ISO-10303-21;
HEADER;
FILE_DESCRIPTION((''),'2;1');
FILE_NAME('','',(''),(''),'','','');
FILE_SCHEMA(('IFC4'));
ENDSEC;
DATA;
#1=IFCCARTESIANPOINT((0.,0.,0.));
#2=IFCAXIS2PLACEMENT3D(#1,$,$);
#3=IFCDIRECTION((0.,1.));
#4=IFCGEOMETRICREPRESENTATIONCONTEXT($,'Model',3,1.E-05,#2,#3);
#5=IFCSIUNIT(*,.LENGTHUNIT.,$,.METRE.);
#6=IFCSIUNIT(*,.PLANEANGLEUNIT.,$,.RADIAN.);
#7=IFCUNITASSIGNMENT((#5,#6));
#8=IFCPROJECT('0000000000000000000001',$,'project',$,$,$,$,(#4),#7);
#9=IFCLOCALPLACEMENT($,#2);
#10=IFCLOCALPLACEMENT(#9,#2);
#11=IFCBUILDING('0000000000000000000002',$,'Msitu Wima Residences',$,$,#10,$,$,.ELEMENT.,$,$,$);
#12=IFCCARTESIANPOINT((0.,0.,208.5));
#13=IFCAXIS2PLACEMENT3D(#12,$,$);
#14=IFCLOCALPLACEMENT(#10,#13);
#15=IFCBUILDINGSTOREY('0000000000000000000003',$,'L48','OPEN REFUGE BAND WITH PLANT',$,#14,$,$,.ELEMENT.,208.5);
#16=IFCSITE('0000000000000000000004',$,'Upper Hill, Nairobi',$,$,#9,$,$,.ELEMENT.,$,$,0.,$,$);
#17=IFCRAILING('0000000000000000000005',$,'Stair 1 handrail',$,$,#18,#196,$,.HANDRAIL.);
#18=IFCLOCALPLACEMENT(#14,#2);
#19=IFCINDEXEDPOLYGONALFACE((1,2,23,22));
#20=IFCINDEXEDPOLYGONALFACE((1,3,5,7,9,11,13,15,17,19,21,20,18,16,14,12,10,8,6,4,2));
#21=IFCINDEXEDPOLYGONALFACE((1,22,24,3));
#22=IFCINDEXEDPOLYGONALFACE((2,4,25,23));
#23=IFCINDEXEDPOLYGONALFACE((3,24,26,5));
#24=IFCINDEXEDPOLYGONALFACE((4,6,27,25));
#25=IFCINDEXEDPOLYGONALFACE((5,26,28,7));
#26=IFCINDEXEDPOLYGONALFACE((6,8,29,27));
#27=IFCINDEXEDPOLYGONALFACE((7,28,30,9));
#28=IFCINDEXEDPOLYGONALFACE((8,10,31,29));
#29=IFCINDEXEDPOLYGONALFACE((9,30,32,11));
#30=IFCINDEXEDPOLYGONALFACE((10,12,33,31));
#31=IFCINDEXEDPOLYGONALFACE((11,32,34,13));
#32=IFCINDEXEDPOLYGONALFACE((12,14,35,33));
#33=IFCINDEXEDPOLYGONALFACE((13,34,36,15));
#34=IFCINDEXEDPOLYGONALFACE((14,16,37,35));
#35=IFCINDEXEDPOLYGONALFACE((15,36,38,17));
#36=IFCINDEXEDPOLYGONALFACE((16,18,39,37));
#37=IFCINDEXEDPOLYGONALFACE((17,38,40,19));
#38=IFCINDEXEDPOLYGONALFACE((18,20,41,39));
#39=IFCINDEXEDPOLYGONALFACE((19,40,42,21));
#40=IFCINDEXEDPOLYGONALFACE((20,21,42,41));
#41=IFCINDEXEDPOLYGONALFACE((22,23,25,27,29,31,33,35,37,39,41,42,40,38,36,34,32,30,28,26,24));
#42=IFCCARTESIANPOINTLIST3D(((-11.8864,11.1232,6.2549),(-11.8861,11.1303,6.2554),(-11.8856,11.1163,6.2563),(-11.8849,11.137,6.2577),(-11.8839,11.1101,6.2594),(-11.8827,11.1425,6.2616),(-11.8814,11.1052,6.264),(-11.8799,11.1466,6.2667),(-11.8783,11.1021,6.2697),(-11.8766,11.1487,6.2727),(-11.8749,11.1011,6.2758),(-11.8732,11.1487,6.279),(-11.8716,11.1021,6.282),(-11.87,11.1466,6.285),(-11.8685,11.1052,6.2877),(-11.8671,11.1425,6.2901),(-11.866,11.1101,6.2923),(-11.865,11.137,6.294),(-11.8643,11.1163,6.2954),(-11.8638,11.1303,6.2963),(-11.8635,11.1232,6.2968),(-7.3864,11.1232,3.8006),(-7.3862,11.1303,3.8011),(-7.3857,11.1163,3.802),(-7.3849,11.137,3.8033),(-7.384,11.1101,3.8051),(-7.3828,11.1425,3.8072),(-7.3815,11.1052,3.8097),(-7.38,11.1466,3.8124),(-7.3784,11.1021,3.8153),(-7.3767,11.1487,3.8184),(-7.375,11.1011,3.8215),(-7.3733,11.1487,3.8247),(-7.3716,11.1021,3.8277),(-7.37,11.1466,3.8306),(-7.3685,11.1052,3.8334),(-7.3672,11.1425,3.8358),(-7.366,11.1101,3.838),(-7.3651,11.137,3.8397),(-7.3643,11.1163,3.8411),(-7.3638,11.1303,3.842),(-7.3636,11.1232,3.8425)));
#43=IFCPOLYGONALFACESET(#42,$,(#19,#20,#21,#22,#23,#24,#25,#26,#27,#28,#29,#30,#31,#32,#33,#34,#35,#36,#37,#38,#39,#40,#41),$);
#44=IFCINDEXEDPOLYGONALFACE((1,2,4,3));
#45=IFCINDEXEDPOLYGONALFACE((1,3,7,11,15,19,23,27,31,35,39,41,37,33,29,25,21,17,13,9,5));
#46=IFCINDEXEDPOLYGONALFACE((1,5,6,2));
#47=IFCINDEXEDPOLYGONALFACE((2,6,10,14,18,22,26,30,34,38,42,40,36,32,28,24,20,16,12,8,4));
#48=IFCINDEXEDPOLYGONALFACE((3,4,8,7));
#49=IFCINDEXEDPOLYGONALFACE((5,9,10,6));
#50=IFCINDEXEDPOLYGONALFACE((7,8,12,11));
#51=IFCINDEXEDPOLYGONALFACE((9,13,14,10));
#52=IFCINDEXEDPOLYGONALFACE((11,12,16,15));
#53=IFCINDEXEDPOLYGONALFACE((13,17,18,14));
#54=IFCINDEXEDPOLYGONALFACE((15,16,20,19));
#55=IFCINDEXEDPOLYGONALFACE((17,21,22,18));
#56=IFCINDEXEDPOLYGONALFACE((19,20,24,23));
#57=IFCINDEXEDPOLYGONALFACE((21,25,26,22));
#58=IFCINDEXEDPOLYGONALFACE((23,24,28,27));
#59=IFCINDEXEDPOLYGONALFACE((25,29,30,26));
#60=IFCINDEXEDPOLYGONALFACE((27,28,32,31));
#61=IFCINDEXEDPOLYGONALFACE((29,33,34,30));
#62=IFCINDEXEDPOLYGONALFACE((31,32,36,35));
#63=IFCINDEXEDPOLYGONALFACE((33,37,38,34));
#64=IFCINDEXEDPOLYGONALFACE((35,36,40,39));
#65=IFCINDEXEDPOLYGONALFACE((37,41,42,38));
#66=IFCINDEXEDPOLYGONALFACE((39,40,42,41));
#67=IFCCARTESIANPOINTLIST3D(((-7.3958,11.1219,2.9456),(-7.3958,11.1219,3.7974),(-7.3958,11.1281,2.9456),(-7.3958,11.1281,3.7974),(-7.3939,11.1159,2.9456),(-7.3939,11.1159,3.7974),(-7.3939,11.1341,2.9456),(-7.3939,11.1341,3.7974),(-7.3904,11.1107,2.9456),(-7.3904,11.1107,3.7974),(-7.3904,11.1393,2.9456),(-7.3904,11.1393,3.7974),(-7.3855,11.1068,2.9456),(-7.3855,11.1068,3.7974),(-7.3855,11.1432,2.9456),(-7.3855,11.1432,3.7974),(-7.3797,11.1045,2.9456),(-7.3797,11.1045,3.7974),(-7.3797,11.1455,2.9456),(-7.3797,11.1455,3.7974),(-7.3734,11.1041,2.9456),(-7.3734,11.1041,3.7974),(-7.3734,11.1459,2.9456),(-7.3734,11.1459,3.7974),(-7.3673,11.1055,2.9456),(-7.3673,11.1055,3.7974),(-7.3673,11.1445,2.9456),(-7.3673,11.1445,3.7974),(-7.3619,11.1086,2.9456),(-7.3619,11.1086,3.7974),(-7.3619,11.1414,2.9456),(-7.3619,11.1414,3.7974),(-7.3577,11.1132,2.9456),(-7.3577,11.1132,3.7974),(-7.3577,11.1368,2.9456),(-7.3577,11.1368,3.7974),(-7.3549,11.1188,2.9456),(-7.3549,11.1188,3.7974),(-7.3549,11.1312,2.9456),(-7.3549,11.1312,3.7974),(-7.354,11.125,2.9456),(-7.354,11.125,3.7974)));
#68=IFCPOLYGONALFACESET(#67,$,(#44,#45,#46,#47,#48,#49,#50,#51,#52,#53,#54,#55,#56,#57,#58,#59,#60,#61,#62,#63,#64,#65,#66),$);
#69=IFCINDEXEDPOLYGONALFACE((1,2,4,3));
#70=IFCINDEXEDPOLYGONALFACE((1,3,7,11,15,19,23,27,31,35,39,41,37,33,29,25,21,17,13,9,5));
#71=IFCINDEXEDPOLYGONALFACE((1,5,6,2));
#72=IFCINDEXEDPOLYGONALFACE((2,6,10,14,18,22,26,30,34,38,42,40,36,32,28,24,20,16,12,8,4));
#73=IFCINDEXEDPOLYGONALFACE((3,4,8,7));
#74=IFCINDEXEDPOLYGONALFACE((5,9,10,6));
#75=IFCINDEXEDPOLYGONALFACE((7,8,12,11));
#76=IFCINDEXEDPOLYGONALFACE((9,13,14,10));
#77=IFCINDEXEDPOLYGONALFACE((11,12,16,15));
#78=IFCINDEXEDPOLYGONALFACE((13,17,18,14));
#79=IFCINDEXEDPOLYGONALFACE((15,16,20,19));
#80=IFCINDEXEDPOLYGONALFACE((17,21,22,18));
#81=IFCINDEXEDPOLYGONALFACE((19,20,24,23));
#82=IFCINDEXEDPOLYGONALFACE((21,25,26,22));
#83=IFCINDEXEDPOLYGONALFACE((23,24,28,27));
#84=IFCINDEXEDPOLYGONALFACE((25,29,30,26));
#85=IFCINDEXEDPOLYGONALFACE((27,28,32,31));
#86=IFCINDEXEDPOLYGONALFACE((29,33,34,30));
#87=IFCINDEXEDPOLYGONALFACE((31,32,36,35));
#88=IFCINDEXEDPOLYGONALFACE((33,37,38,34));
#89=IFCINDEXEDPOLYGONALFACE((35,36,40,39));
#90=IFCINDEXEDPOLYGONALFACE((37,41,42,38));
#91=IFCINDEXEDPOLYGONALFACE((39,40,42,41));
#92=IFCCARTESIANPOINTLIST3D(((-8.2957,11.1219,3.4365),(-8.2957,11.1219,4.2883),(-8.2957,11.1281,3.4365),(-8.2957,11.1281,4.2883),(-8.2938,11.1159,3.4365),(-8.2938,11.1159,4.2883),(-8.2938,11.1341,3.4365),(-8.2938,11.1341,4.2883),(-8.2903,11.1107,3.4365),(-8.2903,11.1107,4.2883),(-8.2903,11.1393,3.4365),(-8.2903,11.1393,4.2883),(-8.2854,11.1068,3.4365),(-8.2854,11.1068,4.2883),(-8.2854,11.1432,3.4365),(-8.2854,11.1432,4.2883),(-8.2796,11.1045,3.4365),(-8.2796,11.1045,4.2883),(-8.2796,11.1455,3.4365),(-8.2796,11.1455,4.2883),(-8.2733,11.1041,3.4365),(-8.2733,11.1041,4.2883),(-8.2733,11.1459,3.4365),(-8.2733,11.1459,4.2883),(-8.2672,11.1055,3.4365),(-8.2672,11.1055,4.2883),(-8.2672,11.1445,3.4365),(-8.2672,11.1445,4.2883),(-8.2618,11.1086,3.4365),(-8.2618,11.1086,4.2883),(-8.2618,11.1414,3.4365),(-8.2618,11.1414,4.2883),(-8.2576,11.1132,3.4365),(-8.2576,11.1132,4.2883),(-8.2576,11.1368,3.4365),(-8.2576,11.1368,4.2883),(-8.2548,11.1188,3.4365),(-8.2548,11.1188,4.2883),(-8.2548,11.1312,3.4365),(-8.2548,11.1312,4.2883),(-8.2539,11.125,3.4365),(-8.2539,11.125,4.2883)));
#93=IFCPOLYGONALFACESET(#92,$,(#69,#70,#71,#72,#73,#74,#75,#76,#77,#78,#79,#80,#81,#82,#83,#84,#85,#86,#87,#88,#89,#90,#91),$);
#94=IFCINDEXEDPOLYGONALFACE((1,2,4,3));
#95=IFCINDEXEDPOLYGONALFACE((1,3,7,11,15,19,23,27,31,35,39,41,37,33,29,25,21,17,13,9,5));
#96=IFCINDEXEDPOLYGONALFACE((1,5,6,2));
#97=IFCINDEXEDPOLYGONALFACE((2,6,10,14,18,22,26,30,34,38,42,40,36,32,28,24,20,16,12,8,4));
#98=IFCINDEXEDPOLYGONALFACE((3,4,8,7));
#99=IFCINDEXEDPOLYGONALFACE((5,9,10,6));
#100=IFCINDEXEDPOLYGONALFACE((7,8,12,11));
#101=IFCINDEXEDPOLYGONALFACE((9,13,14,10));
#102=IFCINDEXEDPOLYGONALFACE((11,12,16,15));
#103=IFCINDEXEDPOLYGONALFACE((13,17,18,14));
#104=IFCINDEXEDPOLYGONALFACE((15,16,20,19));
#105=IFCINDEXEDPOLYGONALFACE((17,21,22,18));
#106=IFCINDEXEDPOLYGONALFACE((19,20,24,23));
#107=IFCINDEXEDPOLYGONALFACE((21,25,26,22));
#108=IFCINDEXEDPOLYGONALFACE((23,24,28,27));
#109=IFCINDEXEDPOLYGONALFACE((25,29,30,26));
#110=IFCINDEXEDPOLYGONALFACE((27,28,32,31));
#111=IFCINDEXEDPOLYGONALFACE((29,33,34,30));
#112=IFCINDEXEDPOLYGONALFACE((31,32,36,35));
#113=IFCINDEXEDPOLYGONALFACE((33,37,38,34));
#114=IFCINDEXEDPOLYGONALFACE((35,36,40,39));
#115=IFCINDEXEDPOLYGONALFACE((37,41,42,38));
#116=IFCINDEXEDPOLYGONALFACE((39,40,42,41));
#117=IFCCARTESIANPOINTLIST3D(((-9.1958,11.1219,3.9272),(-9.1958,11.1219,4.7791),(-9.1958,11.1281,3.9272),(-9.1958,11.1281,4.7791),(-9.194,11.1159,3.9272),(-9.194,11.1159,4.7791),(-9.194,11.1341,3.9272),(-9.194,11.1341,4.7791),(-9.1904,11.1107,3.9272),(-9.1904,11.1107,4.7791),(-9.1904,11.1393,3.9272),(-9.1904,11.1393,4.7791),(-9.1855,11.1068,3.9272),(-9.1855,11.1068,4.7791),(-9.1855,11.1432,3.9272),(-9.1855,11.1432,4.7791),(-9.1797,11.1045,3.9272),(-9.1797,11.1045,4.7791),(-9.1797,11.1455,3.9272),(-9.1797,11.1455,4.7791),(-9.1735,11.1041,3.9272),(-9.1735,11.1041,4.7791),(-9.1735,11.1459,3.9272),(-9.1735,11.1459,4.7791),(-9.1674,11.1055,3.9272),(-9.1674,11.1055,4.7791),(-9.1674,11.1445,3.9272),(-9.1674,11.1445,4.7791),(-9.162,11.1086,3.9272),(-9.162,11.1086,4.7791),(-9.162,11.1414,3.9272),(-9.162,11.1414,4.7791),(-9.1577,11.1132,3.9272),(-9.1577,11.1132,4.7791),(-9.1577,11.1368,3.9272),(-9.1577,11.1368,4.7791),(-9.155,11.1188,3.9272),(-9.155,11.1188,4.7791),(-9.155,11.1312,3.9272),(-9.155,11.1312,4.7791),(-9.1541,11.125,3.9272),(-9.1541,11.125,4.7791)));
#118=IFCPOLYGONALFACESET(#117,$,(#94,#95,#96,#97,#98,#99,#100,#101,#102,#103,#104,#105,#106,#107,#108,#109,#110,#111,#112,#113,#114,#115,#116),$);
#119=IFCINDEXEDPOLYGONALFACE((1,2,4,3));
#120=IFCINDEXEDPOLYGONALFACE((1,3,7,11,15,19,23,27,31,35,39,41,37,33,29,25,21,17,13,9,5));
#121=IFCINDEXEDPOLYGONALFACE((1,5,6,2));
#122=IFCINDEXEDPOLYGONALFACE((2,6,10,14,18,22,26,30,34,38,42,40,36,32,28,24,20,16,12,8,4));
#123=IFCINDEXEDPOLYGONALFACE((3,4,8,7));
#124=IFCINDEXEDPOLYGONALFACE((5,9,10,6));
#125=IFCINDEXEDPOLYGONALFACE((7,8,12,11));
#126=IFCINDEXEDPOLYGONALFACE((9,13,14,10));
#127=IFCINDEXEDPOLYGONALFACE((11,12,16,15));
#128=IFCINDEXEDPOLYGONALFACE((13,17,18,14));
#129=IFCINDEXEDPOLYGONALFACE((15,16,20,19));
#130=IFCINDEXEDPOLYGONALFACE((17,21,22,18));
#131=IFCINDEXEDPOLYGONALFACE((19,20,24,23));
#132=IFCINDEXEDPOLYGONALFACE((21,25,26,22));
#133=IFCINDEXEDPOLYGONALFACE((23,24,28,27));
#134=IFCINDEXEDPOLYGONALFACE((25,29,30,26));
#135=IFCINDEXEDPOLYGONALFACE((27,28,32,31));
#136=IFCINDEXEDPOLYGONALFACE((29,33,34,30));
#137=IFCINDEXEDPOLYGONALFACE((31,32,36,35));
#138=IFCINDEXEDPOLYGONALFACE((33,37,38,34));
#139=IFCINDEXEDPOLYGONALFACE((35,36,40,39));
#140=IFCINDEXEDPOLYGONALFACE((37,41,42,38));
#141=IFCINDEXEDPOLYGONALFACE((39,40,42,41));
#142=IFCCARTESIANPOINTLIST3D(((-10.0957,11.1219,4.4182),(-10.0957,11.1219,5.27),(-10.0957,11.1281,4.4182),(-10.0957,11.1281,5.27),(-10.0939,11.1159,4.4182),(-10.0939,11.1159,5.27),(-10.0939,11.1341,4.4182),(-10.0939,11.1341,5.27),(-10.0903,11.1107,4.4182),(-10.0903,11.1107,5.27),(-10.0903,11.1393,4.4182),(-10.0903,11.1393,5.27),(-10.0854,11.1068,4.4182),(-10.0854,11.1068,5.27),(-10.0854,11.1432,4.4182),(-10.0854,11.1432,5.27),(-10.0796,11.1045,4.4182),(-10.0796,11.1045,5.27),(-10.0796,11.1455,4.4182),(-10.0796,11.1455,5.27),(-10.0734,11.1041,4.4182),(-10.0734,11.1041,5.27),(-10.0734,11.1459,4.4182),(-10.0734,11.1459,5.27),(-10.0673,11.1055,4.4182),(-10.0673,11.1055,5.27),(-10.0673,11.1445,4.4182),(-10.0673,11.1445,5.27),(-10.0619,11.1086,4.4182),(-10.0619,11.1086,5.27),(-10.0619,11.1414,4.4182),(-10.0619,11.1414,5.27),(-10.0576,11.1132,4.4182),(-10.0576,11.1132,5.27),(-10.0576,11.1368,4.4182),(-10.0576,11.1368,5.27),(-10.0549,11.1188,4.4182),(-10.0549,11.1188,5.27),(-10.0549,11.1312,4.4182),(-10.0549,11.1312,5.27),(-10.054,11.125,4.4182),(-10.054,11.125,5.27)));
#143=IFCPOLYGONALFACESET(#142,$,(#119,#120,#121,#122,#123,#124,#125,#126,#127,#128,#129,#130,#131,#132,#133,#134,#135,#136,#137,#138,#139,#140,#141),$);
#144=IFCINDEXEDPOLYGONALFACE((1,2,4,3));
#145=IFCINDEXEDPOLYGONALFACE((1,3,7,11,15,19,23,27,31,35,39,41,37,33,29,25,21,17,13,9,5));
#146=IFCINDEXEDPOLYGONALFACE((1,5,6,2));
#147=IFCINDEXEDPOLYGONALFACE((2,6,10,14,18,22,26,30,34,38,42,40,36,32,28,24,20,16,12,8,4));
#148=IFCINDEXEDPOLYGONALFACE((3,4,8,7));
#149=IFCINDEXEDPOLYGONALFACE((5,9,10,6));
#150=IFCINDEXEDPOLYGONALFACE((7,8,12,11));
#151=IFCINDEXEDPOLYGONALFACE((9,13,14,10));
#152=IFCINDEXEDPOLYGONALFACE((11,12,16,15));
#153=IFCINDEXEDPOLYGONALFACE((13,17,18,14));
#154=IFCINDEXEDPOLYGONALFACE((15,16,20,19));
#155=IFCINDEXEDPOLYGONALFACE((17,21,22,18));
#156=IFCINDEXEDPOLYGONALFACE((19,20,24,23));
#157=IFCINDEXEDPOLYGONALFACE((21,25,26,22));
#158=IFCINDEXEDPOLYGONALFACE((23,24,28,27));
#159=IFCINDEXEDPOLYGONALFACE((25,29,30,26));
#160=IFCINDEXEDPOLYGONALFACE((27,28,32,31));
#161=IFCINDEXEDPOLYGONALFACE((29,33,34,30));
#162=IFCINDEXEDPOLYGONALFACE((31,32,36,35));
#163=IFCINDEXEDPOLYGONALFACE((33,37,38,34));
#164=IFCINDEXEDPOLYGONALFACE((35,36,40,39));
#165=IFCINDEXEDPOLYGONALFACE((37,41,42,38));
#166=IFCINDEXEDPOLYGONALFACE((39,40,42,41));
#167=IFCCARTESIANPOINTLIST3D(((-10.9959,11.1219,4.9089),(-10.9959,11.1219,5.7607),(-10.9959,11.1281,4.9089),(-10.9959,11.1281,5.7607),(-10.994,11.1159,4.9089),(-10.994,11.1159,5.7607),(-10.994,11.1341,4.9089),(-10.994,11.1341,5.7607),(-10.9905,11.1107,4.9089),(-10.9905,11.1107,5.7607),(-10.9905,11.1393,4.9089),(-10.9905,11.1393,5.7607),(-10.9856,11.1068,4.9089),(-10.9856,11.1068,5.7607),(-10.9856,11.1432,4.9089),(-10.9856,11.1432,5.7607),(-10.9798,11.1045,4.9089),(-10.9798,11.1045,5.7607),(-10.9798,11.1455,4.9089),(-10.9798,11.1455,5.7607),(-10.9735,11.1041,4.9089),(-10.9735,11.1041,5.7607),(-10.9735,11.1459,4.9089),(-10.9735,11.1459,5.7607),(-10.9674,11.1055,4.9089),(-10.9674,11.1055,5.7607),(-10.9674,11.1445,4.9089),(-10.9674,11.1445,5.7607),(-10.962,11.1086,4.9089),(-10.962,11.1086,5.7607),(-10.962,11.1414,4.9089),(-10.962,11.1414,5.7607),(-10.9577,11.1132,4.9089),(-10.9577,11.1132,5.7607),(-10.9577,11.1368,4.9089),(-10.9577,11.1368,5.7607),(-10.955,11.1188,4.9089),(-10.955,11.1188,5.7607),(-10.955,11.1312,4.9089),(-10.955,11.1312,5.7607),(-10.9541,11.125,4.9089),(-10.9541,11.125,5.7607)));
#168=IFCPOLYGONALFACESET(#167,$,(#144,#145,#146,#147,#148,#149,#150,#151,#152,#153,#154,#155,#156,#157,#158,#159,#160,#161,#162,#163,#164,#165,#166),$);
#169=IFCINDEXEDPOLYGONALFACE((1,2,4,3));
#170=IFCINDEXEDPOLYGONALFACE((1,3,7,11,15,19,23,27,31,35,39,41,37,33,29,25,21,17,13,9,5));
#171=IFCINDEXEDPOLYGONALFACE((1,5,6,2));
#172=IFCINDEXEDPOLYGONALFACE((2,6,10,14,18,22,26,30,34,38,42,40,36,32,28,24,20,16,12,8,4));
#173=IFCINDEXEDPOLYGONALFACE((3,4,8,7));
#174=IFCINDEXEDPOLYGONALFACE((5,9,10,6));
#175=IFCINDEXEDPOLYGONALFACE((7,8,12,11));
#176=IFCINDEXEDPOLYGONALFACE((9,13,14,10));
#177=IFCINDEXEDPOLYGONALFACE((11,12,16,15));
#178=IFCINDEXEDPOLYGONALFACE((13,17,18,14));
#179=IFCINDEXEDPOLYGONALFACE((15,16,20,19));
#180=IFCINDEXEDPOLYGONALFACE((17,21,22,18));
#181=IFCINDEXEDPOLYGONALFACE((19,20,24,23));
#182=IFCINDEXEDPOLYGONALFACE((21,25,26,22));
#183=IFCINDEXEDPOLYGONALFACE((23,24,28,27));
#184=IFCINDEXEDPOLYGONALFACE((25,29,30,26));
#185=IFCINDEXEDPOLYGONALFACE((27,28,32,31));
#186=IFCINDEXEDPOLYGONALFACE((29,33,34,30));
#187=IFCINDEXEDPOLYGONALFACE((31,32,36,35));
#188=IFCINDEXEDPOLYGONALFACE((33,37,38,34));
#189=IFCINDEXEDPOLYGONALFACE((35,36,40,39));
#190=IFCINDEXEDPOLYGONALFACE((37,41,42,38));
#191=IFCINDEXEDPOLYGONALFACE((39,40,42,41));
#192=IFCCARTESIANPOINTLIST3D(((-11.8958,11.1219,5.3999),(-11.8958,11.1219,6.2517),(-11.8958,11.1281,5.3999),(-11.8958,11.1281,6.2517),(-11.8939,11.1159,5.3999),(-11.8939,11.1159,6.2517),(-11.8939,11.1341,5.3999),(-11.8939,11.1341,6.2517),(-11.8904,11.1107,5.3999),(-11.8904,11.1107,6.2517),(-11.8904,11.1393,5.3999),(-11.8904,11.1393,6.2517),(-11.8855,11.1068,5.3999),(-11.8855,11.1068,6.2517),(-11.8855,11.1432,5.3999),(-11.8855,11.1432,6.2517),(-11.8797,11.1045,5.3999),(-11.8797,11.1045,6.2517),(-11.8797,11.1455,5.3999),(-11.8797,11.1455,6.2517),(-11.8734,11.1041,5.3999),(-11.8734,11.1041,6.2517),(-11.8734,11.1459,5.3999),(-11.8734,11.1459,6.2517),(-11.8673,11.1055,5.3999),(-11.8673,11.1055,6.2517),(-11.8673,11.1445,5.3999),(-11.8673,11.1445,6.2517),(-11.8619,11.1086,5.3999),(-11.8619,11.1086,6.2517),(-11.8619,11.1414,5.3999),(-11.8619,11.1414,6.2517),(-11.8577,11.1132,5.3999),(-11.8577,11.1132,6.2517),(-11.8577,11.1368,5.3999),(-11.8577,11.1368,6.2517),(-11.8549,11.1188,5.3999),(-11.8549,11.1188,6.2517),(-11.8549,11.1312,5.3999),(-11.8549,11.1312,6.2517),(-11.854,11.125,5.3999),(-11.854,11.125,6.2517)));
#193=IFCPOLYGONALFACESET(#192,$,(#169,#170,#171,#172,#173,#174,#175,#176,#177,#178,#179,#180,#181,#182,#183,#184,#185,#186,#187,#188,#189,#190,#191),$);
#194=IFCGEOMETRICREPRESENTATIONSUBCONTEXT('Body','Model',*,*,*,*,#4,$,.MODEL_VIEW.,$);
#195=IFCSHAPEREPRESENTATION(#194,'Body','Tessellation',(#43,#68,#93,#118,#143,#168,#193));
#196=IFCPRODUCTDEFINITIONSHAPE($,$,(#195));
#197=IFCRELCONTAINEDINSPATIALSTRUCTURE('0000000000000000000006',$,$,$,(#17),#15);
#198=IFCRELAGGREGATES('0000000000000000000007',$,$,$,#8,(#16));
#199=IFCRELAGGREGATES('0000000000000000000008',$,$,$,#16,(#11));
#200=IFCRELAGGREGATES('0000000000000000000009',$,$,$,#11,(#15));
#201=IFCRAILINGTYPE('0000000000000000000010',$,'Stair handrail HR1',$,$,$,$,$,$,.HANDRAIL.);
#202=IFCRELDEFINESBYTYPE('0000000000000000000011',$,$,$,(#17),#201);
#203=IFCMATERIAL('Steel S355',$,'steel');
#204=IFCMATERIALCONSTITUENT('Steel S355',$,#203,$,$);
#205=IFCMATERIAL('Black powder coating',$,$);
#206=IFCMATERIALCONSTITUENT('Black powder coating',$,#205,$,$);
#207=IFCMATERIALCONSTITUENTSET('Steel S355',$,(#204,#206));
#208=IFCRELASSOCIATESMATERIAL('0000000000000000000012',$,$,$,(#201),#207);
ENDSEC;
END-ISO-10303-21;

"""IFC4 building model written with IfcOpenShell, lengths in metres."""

from ifc_helpers import new_model, si_unit, direction, frame, origin, origin_2d, place, context, subcontext, project, spatial, circle, extrude, material, constituent, constituent_set, type_object, element, save


model = new_model("IFC4")

# Units and contexts
model_context = context("Model", 3, precision=1e-05, world=origin(), true_north=direction((0.0, 1.0)))
body_context = subcontext(model_context, "Body", "Model", "MODEL_VIEW")
ifc_project = project(units=[si_unit("LENGTHUNIT", "METRE"), si_unit("PLANEANGLEUNIT", "RADIAN")], contexts=[model_context])

# Site, building, storey
site_placement = place(None, origin())
site = spatial("IfcSite", under=ifc_project, at=site_placement, Name="Upper Hill, Nairobi", CompositionType="ELEMENT", RefElevation=0.0)
building_placement = place(site_placement, origin())
building = spatial("IfcBuilding", under=site, at=building_placement, Name="Msitu Wima Residences", CompositionType="ELEMENT")
storey_placement = place(building_placement, frame((0.0, 0.0, 208.5)))
storey = spatial("IfcBuildingStorey", under=building, at=storey_placement, Name="L48", Description="OPEN REFUGE BAND WITH PLANT", CompositionType="ELEMENT", Elevation=208.5)

# Railing
ifc_material_1 = material(Name="Steel S355", Category="steel")
ifc_constituent_1 = constituent(ifc_material_1, Name="Steel S355")
ifc_material_2 = material(Name="Black powder coating")
ifc_constituent_2 = constituent(ifc_material_2, Name="Black powder coating")
ifc_constituent_set = constituent_set(constituents=[ifc_constituent_1, ifc_constituent_2], Name="Steel S355")
railing_type = type_object("IfcRailingType", Name="Stair handrail HR1", PredefinedType="HANDRAIL", material=ifc_constituent_set)
for number, where, name in (
    (1, (-7.375, 11.125, 2.9456), "Stair 1 handrail"),
):
    element("IfcRailing", number, at=place(storey_placement, frame(where)), inside=storey, type_object=railing_type, Name=name, PredefinedType="HANDRAIL", context=body_context, shape_type="SweptSolid", body=[
        extrude(circle(Radius=0.0239, at=origin_2d()), frame((0.0, 0.0, 0.876), z_axis=(-0.877912, 0.0, 0.478822), x_axis=(0.0, -1.0, 0.0)), (0.0, 0.0, 1.0), 5.1257),
        extrude(circle(Radius=0.021, at=origin_2d()), origin(), (0.0, 0.0, 1.0), 0.8518),
        extrude(circle(Radius=0.021, at=origin_2d()), frame((-0.8999, 0.0, 0.491)), (0.0, 0.0, 1.0), 0.8518),
        extrude(circle(Radius=0.021, at=origin_2d()), frame((-1.8, 0.0, 0.9817)), (0.0, 0.0, 1.0), 0.8518),
        extrude(circle(Radius=0.021, at=origin_2d()), frame((-2.7, 0.0, 1.4727)), (0.0, 0.0, 1.0), 0.8518),
        extrude(circle(Radius=0.021, at=origin_2d()), frame((-3.6001, 0.0, 1.9634)), (0.0, 0.0, 1.0), 0.8518),
        extrude(circle(Radius=0.021, at=origin_2d()), frame((-4.5, 0.0, 2.4543)), (0.0, 0.0, 1.0), 0.8518),
    ])

save(model, "model.ifc")
